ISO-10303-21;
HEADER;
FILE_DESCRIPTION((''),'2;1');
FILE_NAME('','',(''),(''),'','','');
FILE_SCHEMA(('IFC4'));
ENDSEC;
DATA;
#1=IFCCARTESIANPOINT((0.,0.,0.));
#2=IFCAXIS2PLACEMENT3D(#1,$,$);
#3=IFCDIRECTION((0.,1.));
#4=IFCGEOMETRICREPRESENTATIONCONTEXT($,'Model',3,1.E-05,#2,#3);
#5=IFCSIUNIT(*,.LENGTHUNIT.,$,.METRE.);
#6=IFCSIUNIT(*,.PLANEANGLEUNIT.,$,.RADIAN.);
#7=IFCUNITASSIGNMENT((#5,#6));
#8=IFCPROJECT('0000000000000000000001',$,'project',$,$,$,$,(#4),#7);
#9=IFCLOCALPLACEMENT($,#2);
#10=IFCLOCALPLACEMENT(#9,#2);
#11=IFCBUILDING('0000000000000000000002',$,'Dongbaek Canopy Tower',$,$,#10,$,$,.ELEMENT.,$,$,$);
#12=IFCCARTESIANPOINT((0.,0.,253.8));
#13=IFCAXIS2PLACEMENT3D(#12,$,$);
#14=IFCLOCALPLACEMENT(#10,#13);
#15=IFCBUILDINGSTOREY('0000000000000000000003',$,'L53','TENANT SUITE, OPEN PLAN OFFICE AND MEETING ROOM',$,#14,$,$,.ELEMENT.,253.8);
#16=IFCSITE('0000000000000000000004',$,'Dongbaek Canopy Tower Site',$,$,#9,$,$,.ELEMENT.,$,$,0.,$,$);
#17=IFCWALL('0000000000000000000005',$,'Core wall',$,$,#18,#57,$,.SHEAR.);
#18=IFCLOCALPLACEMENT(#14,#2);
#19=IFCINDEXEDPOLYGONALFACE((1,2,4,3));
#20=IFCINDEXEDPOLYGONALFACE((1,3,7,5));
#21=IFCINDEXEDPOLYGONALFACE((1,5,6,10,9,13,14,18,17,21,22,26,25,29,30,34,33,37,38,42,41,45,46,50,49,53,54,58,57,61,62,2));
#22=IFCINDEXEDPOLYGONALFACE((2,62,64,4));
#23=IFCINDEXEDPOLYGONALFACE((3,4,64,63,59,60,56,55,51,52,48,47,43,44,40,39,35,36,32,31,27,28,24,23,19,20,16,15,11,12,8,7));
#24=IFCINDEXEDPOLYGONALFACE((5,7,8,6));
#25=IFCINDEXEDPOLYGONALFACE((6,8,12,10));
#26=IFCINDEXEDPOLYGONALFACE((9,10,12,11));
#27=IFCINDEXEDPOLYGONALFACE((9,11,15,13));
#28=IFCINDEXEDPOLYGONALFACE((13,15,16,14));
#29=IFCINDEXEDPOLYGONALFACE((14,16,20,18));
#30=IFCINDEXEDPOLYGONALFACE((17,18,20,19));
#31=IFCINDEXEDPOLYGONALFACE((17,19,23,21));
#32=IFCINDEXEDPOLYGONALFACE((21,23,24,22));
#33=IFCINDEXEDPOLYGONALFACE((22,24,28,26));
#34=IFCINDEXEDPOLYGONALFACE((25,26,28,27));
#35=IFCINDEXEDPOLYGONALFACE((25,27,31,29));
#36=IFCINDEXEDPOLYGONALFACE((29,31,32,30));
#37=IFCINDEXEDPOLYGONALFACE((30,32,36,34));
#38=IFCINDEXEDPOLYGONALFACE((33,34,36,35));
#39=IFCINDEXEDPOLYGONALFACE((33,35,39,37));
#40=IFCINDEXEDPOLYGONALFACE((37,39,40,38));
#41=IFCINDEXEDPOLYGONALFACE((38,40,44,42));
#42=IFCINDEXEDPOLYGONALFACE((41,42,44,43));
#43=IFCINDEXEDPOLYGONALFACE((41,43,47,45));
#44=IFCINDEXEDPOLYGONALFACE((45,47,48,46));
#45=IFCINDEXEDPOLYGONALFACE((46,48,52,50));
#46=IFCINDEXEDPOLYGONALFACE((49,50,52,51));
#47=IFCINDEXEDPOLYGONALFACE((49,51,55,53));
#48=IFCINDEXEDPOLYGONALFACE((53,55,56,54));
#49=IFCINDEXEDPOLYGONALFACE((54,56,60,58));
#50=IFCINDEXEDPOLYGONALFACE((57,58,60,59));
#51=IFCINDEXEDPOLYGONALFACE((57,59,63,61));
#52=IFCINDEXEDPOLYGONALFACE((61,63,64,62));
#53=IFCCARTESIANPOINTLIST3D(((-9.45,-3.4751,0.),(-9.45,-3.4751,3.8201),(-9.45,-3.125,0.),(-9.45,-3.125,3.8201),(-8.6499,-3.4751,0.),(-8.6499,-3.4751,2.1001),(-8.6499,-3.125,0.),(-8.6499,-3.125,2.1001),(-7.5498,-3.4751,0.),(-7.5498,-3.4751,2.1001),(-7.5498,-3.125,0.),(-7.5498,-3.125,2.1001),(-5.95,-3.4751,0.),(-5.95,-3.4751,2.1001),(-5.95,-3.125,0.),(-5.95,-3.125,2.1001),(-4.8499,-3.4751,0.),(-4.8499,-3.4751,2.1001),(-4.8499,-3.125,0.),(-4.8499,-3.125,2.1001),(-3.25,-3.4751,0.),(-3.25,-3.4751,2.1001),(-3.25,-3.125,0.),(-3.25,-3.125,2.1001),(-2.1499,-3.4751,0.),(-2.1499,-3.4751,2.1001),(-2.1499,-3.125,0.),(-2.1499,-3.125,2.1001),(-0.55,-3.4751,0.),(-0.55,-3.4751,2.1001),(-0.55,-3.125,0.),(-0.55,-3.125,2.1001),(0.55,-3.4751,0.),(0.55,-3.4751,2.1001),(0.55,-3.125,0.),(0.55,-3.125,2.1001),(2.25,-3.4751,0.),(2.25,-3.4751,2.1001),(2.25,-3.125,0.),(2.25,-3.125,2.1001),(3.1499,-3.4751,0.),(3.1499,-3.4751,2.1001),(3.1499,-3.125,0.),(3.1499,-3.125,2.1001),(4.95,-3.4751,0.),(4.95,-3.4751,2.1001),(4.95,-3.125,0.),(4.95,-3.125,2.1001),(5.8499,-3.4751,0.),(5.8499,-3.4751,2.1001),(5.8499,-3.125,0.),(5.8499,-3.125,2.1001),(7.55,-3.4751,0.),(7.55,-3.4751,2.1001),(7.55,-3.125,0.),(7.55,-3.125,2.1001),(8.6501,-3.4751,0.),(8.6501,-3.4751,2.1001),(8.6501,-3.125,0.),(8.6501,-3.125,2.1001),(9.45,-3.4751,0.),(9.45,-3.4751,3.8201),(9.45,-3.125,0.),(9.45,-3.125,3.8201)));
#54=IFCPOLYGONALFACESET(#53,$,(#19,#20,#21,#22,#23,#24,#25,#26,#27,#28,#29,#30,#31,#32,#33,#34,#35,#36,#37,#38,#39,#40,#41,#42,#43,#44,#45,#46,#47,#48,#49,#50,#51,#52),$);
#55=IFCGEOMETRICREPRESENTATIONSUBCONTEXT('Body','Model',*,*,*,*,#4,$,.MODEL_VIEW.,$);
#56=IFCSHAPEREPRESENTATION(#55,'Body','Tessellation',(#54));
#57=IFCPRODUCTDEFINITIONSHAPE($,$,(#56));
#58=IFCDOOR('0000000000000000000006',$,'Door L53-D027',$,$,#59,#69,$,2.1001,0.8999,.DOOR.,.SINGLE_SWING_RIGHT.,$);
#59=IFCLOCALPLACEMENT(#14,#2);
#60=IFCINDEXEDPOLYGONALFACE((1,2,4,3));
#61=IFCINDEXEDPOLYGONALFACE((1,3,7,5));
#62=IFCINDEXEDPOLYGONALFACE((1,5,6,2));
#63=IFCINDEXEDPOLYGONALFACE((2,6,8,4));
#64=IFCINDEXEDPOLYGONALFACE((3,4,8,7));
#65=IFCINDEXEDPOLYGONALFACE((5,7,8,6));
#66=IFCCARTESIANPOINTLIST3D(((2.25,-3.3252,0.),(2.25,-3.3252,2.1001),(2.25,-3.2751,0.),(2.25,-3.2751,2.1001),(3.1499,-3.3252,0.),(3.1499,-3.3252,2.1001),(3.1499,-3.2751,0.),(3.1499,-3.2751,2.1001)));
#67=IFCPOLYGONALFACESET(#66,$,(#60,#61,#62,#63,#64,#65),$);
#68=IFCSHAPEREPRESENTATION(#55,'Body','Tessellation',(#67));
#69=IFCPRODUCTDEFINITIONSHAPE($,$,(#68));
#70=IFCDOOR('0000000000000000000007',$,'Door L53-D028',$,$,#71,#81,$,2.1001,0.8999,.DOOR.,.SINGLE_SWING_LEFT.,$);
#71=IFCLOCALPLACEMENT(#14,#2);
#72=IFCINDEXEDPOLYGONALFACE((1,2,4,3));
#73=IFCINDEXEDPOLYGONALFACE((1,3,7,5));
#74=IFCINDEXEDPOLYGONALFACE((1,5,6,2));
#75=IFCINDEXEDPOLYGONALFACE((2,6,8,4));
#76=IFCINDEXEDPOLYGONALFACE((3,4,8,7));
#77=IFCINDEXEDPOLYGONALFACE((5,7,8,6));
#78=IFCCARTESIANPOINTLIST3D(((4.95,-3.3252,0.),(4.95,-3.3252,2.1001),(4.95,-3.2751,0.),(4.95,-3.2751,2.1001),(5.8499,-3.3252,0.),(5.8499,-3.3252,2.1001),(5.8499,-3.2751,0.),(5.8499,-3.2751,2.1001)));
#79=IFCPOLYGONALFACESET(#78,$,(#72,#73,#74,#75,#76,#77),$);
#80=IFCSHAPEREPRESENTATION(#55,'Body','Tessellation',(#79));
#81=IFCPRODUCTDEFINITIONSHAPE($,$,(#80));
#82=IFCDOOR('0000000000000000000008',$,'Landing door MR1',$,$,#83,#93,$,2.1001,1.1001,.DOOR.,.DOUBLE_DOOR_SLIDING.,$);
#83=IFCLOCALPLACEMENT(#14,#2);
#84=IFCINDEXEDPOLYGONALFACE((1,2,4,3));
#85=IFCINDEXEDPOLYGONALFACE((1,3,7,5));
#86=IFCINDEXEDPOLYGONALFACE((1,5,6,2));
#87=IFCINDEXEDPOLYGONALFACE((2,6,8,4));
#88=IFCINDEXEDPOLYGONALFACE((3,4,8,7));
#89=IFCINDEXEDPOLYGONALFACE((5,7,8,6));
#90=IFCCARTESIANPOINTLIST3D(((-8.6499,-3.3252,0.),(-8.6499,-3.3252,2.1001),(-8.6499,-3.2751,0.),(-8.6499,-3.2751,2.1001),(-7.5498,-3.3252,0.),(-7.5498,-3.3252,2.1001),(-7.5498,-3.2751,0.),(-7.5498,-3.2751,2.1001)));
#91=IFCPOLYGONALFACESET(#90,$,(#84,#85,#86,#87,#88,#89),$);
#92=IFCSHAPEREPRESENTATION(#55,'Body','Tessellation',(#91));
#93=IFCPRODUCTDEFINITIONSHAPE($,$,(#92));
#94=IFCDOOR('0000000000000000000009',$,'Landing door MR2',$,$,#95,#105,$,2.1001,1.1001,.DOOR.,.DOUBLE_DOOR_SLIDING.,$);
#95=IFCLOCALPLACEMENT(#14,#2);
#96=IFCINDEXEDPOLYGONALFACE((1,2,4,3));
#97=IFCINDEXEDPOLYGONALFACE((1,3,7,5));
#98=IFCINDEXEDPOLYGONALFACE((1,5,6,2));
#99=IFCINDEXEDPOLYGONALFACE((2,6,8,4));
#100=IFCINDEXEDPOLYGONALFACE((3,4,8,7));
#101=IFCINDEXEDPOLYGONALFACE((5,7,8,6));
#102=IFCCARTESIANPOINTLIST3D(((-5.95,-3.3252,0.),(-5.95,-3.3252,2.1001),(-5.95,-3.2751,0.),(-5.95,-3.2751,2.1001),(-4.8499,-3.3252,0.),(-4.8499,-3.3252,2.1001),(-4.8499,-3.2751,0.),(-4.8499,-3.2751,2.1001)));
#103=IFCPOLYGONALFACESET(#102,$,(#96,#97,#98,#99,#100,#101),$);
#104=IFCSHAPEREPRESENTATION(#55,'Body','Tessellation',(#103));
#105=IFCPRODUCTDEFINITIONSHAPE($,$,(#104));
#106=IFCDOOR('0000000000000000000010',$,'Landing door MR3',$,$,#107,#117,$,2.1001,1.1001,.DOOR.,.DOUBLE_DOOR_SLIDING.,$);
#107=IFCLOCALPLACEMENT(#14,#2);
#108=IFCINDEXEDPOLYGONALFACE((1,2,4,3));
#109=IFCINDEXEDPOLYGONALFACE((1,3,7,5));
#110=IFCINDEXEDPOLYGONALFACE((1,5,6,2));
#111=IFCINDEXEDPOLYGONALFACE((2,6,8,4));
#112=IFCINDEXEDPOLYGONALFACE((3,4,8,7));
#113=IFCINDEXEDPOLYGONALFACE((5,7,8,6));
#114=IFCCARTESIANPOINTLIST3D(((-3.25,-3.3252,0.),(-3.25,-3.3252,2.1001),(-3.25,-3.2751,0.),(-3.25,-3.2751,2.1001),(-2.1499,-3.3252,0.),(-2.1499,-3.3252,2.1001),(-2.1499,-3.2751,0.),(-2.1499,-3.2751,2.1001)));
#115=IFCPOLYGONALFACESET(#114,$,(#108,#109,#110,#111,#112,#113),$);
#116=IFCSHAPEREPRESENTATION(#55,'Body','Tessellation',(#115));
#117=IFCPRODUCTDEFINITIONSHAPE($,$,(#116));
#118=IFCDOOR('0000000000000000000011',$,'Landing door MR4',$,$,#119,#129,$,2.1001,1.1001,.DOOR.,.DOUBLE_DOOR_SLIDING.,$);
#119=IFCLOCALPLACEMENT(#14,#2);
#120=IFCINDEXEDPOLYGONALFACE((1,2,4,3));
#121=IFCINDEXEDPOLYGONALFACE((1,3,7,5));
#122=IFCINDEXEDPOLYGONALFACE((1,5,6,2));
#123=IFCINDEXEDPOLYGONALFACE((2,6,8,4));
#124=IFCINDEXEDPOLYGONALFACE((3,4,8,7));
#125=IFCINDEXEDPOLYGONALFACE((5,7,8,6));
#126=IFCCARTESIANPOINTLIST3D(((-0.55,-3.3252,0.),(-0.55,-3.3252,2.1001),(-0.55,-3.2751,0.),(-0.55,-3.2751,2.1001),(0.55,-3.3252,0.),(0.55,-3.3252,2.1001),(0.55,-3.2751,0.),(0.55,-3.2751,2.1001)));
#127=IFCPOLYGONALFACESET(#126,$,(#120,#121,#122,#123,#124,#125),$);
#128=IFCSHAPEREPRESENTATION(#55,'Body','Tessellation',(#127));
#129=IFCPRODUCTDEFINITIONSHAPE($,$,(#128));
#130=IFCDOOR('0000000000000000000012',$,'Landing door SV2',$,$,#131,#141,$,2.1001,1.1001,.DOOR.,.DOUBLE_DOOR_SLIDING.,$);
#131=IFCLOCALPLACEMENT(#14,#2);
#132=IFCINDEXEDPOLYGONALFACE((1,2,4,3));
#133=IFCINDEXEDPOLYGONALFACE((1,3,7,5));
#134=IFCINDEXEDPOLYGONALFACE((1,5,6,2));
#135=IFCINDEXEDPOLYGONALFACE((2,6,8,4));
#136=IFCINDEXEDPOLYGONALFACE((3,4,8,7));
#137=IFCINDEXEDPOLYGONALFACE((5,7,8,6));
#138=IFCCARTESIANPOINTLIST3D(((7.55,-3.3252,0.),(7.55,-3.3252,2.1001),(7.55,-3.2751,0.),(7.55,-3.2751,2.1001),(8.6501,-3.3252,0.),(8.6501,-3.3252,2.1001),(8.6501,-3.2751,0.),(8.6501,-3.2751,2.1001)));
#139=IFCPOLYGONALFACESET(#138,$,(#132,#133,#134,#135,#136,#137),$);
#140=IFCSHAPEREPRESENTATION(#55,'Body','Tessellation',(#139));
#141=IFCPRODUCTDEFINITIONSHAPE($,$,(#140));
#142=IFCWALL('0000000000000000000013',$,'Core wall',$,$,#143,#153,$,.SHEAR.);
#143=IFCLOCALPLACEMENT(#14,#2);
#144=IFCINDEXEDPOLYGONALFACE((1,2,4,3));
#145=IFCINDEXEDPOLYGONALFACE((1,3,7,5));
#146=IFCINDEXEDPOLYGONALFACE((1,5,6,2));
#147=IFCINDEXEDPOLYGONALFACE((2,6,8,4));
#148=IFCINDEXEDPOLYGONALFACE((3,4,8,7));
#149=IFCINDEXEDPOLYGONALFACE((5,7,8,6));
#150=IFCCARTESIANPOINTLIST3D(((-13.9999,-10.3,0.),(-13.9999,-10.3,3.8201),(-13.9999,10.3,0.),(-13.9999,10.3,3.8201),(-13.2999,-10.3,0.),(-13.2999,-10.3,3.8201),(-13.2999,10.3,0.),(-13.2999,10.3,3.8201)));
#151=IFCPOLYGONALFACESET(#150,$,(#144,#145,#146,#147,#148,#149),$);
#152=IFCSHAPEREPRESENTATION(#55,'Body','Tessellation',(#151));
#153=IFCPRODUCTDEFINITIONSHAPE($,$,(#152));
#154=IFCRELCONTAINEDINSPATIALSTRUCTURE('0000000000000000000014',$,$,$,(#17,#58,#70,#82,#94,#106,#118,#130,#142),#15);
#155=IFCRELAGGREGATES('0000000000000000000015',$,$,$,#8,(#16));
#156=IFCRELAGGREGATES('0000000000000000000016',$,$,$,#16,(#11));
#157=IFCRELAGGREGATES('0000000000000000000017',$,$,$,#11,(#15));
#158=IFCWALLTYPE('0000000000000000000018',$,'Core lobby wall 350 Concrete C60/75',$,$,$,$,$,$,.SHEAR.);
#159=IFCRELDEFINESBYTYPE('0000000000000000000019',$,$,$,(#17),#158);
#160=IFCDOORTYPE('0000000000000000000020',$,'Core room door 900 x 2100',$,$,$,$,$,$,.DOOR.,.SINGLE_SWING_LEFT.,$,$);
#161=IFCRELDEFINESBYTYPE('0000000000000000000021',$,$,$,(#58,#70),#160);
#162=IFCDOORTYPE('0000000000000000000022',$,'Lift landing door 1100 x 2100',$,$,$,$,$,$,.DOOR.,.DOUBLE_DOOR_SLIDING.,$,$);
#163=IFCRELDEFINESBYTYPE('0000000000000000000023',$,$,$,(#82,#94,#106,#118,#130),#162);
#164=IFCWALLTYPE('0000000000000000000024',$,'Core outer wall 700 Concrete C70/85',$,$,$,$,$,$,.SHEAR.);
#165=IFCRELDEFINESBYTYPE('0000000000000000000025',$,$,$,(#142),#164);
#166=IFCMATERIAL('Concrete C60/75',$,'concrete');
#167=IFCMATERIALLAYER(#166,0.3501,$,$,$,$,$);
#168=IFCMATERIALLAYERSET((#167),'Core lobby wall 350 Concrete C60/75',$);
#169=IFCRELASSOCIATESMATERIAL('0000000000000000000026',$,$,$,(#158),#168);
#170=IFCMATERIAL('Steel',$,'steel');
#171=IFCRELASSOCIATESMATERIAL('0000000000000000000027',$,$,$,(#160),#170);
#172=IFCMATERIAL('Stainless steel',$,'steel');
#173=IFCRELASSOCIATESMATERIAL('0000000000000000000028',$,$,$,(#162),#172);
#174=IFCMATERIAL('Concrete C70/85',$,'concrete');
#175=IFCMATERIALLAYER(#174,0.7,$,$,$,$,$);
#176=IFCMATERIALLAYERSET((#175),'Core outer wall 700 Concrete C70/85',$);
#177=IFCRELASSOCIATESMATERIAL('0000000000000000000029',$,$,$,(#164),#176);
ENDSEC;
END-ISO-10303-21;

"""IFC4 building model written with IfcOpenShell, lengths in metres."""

from ifc_helpers import new_model, si_unit, direction, frame, frame_2d, origin, place, context, subcontext, project, spatial, rectangle, extrude, material, layer, layer_set, type_object, element, fill, save


model = new_model("IFC4")

# Units and contexts
model_context = context("Model", 3, precision=1e-05, world=origin(), true_north=direction((0.0, 1.0)))
body_context = subcontext(model_context, "Body", "Model", "MODEL_VIEW")
ifc_project = project(units=[si_unit("LENGTHUNIT", "METRE"), si_unit("PLANEANGLEUNIT", "RADIAN")], contexts=[model_context])

# Site, building, storey
site_placement = place(None, origin())
site = spatial("IfcSite", under=ifc_project, at=site_placement, Name="Dongbaek Canopy Tower Site", CompositionType="ELEMENT", RefElevation=0.0)
building_placement = place(site_placement, origin())
building = spatial("IfcBuilding", under=site, at=building_placement, Name="Dongbaek Canopy Tower", CompositionType="ELEMENT")
storey_placement = place(building_placement, frame((0.0, 0.0, 253.8)))
storey = spatial("IfcBuildingStorey", under=building, at=storey_placement, Name="L53", Description="TENANT SUITE, OPEN PLAN OFFICE AND MEETING ROOM", CompositionType="ELEMENT", Elevation=253.8)

# Wall, openings, doors
ifc_material_1 = material(Name="Concrete C60/75", Category="concrete")
ifc_layer_1 = layer(ifc_material_1, 0.3501)
ifc_layer_set_1 = layer_set([ifc_layer_1], Name="Core lobby wall 350 Concrete C60/75")
wall_type_1 = type_object("IfcWallType", Name="Core lobby wall 350 Concrete C60/75", PredefinedType="SHEAR", material=ifc_layer_set_1)
wall_1_placement = place(storey_placement, frame((-9.45, -3.3, 0.0), z_axis=(0.0, 0.0, 1.0), x_axis=(1.0, 0.0, 0.0)))
wall_1 = element("IfcWall", 1, at=wall_1_placement, inside=storey, type_object=wall_type_1, Name="Core wall", PredefinedType="SHEAR", context=body_context, shape_type="SweptSolid", body=[
    extrude(rectangle(XDim=18.8999, YDim=0.3501, at=frame_2d((9.45, 0.0))), origin(), (0.0, 0.0, 1.0), 3.8201),
])
opening_1_placement = place(wall_1_placement, frame((0.8, 0.0, 0.0)))
opening_1 = element("IfcOpeningElement", 2, at=opening_1_placement, cuts=wall_1, PredefinedType="OPENING", context=body_context, shape_type="SweptSolid", body=[
    extrude(rectangle(XDim=1.1001, YDim=2.1001, at=frame_2d((0.55, 1.05))), frame((0.0, 0.1851, 0.0), z_axis=(0.0, -1.0, 0.0), x_axis=(1.0, 0.0, 0.0)), (0.0, 0.0, 1.0), 0.3701),
])
opening_2_placement = place(wall_1_placement, frame((3.5, 0.0, 0.0)))
opening_2 = element("IfcOpeningElement", 3, at=opening_2_placement, cuts=wall_1, PredefinedType="OPENING", context=body_context, shape_type="SweptSolid", body=[
    extrude(rectangle(XDim=1.1001, YDim=2.1001, at=frame_2d((0.55, 1.05))), frame((0.0, 0.1851, 0.0), z_axis=(0.0, -1.0, 0.0), x_axis=(1.0, 0.0, 0.0)), (0.0, 0.0, 1.0), 0.3701),
])
opening_3_placement = place(wall_1_placement, frame((6.2, 0.0, 0.0)))
opening_3 = element("IfcOpeningElement", 4, at=opening_3_placement, cuts=wall_1, PredefinedType="OPENING", context=body_context, shape_type="SweptSolid", body=[
    extrude(rectangle(XDim=1.1001, YDim=2.1001, at=frame_2d((0.55, 1.05))), frame((0.0, 0.1851, 0.0), z_axis=(0.0, -1.0, 0.0), x_axis=(1.0, 0.0, 0.0)), (0.0, 0.0, 1.0), 0.3701),
])
opening_4_placement = place(wall_1_placement, frame((8.8999, 0.0, 0.0)))
opening_4 = element("IfcOpeningElement", 5, at=opening_4_placement, cuts=wall_1, PredefinedType="OPENING", context=body_context, shape_type="SweptSolid", body=[
    extrude(rectangle(XDim=1.1001, YDim=2.1001, at=frame_2d((0.55, 1.05))), frame((0.0, 0.1851, 0.0), z_axis=(0.0, -1.0, 0.0), x_axis=(1.0, 0.0, 0.0)), (0.0, 0.0, 1.0), 0.3701),
])
opening_5_placement = place(wall_1_placement, frame((17.0, 0.0, 0.0)))
opening_5 = element("IfcOpeningElement", 6, at=opening_5_placement, cuts=wall_1, PredefinedType="OPENING", context=body_context, shape_type="SweptSolid", body=[
    extrude(rectangle(XDim=1.1001, YDim=2.1001, at=frame_2d((0.55, 1.05))), frame((0.0, 0.1851, 0.0), z_axis=(0.0, -1.0, 0.0), x_axis=(1.0, 0.0, 0.0)), (0.0, 0.0, 1.0), 0.3701),
])
opening_6_placement = place(wall_1_placement, frame((11.7, 0.0, 0.0)))
opening_6 = element("IfcOpeningElement", 7, at=opening_6_placement, cuts=wall_1, PredefinedType="OPENING", context=body_context, shape_type="SweptSolid", body=[
    extrude(rectangle(XDim=0.8999, YDim=2.1001, at=frame_2d((0.45, 1.05))), frame((0.0, 0.1851, 0.0), z_axis=(0.0, -1.0, 0.0), x_axis=(1.0, 0.0, 0.0)), (0.0, 0.0, 1.0), 0.3701),
])
opening_7_placement = place(wall_1_placement, frame((14.3999, 0.0, 0.0)))
opening_7 = element("IfcOpeningElement", 8, at=opening_7_placement, cuts=wall_1, PredefinedType="OPENING", context=body_context, shape_type="SweptSolid", body=[
    extrude(rectangle(XDim=0.8999, YDim=2.1001, at=frame_2d((0.45, 1.05))), frame((0.0, 0.1851, 0.0), z_axis=(0.0, -1.0, 0.0), x_axis=(1.0, 0.0, 0.0)), (0.0, 0.0, 1.0), 0.3701),
])
ifc_material_2 = material(Name="Steel", Category="steel")
door_type_1 = type_object("IfcDoorType", Name="Core room door 900 x 2100", OperationType="SINGLE_SWING_LEFT", PredefinedType="DOOR", material=ifc_material_2)
door_1_placement = place(opening_6_placement, origin())
door_1 = element("IfcDoor", 9, at=door_1_placement, inside=storey, type_object=door_type_1, Name="Door L53-D027", OperationType="SINGLE_SWING_RIGHT", OverallHeight=2.1001, OverallWidth=0.8999, PredefinedType="DOOR", context=body_context, shape_type="SweptSolid", body=[
    extrude(rectangle(XDim=0.8999, YDim=2.1001, at=frame_2d((0.45, 1.05))), frame((0.0, 0.0249, 0.0), z_axis=(0.0, -1.0, 0.0), x_axis=(1.0, 0.0, 0.0)), (0.0, 0.0, 1.0), 0.05),
])
fill(opening_6, door_1)
door_2_placement = place(opening_7_placement, origin())
door_2 = element("IfcDoor", 10, at=door_2_placement, inside=storey, type_object=door_type_1, Name="Door L53-D028", OperationType="SINGLE_SWING_LEFT", OverallHeight=2.1001, OverallWidth=0.8999, PredefinedType="DOOR", context=body_context, shape_type="SweptSolid", body=[
    extrude(rectangle(XDim=0.8999, YDim=2.1001, at=frame_2d((0.45, 1.05))), frame((0.0, 0.0249, 0.0), z_axis=(0.0, -1.0, 0.0), x_axis=(1.0, 0.0, 0.0)), (0.0, 0.0, 1.0), 0.05),
])
fill(opening_7, door_2)
ifc_material_3 = material(Name="Stainless steel", Category="steel")
door_type_2 = type_object("IfcDoorType", Name="Lift landing door 1100 x 2100", OperationType="DOUBLE_DOOR_SLIDING", PredefinedType="DOOR", material=ifc_material_3)
door_3_placement = place(opening_1_placement, origin())
door_3 = element("IfcDoor", 11, at=door_3_placement, inside=storey, type_object=door_type_2, Name="Landing door MR1", OperationType="DOUBLE_DOOR_SLIDING", OverallHeight=2.1001, OverallWidth=1.1001, PredefinedType="DOOR", context=body_context, shape_type="SweptSolid", body=[
    extrude(rectangle(XDim=1.1001, YDim=2.1001, at=frame_2d((0.55, 1.05))), frame((0.0, 0.0249, 0.0), z_axis=(0.0, -1.0, 0.0), x_axis=(1.0, 0.0, 0.0)), (0.0, 0.0, 1.0), 0.05),
])
fill(opening_1, door_3)
door_4_placement = place(opening_2_placement, origin())
door_4 = element("IfcDoor", 12, at=door_4_placement, inside=storey, type_object=door_type_2, Name="Landing door MR2", OperationType="DOUBLE_DOOR_SLIDING", OverallHeight=2.1001, OverallWidth=1.1001, PredefinedType="DOOR", context=body_context, shape_type="SweptSolid", body=[
    extrude(rectangle(XDim=1.1001, YDim=2.1001, at=frame_2d((0.55, 1.05))), frame((0.0, 0.0249, 0.0), z_axis=(0.0, -1.0, 0.0), x_axis=(1.0, 0.0, 0.0)), (0.0, 0.0, 1.0), 0.05),
])
fill(opening_2, door_4)
door_5_placement = place(opening_3_placement, origin())
door_5 = element("IfcDoor", 13, at=door_5_placement, inside=storey, type_object=door_type_2, Name="Landing door MR3", OperationType="DOUBLE_DOOR_SLIDING", OverallHeight=2.1001, OverallWidth=1.1001, PredefinedType="DOOR", context=body_context, shape_type="SweptSolid", body=[
    extrude(rectangle(XDim=1.1001, YDim=2.1001, at=frame_2d((0.55, 1.05))), frame((0.0, 0.0249, 0.0), z_axis=(0.0, -1.0, 0.0), x_axis=(1.0, 0.0, 0.0)), (0.0, 0.0, 1.0), 0.05),
])
fill(opening_3, door_5)
door_6_placement = place(opening_4_placement, origin())
door_6 = element("IfcDoor", 14, at=door_6_placement, inside=storey, type_object=door_type_2, Name="Landing door MR4", OperationType="DOUBLE_DOOR_SLIDING", OverallHeight=2.1001, OverallWidth=1.1001, PredefinedType="DOOR", context=body_context, shape_type="SweptSolid", body=[
    extrude(rectangle(XDim=1.1001, YDim=2.1001, at=frame_2d((0.55, 1.05))), frame((0.0, 0.0249, 0.0), z_axis=(0.0, -1.0, 0.0), x_axis=(1.0, 0.0, 0.0)), (0.0, 0.0, 1.0), 0.05),
])
fill(opening_4, door_6)
door_7_placement = place(opening_5_placement, origin())
door_7 = element("IfcDoor", 15, at=door_7_placement, inside=storey, type_object=door_type_2, Name="Landing door SV2", OperationType="DOUBLE_DOOR_SLIDING", OverallHeight=2.1001, OverallWidth=1.1001, PredefinedType="DOOR", context=body_context, shape_type="SweptSolid", body=[
    extrude(rectangle(XDim=1.1001, YDim=2.1001, at=frame_2d((0.55, 1.05))), frame((0.0, 0.0249, 0.0), z_axis=(0.0, -1.0, 0.0), x_axis=(1.0, 0.0, 0.0)), (0.0, 0.0, 1.0), 0.05),
])
fill(opening_5, door_7)

# Wall
ifc_material_4 = material(Name="Concrete C70/85", Category="concrete")
ifc_layer_2 = layer(ifc_material_4, 0.7)
ifc_layer_set_2 = layer_set([ifc_layer_2], Name="Core outer wall 700 Concrete C70/85")
wall_type_2 = type_object("IfcWallType", Name="Core outer wall 700 Concrete C70/85", PredefinedType="SHEAR", material=ifc_layer_set_2)
wall_2_placement = place(storey_placement, frame((-13.6499, -10.3, 0.0), z_axis=(0.0, 0.0, 1.0), x_axis=(0.0, 1.0, 0.0)))
element("IfcWall", 16, at=wall_2_placement, inside=storey, type_object=wall_type_2, Name="Core wall", PredefinedType="SHEAR", context=body_context, shape_type="SweptSolid", body=[
    extrude(rectangle(XDim=20.6001, YDim=0.7, at=frame_2d((10.3, 0.0))), origin(), (0.0, 0.0, 1.0), 3.8201),
])

save(model, "model.ifc")
